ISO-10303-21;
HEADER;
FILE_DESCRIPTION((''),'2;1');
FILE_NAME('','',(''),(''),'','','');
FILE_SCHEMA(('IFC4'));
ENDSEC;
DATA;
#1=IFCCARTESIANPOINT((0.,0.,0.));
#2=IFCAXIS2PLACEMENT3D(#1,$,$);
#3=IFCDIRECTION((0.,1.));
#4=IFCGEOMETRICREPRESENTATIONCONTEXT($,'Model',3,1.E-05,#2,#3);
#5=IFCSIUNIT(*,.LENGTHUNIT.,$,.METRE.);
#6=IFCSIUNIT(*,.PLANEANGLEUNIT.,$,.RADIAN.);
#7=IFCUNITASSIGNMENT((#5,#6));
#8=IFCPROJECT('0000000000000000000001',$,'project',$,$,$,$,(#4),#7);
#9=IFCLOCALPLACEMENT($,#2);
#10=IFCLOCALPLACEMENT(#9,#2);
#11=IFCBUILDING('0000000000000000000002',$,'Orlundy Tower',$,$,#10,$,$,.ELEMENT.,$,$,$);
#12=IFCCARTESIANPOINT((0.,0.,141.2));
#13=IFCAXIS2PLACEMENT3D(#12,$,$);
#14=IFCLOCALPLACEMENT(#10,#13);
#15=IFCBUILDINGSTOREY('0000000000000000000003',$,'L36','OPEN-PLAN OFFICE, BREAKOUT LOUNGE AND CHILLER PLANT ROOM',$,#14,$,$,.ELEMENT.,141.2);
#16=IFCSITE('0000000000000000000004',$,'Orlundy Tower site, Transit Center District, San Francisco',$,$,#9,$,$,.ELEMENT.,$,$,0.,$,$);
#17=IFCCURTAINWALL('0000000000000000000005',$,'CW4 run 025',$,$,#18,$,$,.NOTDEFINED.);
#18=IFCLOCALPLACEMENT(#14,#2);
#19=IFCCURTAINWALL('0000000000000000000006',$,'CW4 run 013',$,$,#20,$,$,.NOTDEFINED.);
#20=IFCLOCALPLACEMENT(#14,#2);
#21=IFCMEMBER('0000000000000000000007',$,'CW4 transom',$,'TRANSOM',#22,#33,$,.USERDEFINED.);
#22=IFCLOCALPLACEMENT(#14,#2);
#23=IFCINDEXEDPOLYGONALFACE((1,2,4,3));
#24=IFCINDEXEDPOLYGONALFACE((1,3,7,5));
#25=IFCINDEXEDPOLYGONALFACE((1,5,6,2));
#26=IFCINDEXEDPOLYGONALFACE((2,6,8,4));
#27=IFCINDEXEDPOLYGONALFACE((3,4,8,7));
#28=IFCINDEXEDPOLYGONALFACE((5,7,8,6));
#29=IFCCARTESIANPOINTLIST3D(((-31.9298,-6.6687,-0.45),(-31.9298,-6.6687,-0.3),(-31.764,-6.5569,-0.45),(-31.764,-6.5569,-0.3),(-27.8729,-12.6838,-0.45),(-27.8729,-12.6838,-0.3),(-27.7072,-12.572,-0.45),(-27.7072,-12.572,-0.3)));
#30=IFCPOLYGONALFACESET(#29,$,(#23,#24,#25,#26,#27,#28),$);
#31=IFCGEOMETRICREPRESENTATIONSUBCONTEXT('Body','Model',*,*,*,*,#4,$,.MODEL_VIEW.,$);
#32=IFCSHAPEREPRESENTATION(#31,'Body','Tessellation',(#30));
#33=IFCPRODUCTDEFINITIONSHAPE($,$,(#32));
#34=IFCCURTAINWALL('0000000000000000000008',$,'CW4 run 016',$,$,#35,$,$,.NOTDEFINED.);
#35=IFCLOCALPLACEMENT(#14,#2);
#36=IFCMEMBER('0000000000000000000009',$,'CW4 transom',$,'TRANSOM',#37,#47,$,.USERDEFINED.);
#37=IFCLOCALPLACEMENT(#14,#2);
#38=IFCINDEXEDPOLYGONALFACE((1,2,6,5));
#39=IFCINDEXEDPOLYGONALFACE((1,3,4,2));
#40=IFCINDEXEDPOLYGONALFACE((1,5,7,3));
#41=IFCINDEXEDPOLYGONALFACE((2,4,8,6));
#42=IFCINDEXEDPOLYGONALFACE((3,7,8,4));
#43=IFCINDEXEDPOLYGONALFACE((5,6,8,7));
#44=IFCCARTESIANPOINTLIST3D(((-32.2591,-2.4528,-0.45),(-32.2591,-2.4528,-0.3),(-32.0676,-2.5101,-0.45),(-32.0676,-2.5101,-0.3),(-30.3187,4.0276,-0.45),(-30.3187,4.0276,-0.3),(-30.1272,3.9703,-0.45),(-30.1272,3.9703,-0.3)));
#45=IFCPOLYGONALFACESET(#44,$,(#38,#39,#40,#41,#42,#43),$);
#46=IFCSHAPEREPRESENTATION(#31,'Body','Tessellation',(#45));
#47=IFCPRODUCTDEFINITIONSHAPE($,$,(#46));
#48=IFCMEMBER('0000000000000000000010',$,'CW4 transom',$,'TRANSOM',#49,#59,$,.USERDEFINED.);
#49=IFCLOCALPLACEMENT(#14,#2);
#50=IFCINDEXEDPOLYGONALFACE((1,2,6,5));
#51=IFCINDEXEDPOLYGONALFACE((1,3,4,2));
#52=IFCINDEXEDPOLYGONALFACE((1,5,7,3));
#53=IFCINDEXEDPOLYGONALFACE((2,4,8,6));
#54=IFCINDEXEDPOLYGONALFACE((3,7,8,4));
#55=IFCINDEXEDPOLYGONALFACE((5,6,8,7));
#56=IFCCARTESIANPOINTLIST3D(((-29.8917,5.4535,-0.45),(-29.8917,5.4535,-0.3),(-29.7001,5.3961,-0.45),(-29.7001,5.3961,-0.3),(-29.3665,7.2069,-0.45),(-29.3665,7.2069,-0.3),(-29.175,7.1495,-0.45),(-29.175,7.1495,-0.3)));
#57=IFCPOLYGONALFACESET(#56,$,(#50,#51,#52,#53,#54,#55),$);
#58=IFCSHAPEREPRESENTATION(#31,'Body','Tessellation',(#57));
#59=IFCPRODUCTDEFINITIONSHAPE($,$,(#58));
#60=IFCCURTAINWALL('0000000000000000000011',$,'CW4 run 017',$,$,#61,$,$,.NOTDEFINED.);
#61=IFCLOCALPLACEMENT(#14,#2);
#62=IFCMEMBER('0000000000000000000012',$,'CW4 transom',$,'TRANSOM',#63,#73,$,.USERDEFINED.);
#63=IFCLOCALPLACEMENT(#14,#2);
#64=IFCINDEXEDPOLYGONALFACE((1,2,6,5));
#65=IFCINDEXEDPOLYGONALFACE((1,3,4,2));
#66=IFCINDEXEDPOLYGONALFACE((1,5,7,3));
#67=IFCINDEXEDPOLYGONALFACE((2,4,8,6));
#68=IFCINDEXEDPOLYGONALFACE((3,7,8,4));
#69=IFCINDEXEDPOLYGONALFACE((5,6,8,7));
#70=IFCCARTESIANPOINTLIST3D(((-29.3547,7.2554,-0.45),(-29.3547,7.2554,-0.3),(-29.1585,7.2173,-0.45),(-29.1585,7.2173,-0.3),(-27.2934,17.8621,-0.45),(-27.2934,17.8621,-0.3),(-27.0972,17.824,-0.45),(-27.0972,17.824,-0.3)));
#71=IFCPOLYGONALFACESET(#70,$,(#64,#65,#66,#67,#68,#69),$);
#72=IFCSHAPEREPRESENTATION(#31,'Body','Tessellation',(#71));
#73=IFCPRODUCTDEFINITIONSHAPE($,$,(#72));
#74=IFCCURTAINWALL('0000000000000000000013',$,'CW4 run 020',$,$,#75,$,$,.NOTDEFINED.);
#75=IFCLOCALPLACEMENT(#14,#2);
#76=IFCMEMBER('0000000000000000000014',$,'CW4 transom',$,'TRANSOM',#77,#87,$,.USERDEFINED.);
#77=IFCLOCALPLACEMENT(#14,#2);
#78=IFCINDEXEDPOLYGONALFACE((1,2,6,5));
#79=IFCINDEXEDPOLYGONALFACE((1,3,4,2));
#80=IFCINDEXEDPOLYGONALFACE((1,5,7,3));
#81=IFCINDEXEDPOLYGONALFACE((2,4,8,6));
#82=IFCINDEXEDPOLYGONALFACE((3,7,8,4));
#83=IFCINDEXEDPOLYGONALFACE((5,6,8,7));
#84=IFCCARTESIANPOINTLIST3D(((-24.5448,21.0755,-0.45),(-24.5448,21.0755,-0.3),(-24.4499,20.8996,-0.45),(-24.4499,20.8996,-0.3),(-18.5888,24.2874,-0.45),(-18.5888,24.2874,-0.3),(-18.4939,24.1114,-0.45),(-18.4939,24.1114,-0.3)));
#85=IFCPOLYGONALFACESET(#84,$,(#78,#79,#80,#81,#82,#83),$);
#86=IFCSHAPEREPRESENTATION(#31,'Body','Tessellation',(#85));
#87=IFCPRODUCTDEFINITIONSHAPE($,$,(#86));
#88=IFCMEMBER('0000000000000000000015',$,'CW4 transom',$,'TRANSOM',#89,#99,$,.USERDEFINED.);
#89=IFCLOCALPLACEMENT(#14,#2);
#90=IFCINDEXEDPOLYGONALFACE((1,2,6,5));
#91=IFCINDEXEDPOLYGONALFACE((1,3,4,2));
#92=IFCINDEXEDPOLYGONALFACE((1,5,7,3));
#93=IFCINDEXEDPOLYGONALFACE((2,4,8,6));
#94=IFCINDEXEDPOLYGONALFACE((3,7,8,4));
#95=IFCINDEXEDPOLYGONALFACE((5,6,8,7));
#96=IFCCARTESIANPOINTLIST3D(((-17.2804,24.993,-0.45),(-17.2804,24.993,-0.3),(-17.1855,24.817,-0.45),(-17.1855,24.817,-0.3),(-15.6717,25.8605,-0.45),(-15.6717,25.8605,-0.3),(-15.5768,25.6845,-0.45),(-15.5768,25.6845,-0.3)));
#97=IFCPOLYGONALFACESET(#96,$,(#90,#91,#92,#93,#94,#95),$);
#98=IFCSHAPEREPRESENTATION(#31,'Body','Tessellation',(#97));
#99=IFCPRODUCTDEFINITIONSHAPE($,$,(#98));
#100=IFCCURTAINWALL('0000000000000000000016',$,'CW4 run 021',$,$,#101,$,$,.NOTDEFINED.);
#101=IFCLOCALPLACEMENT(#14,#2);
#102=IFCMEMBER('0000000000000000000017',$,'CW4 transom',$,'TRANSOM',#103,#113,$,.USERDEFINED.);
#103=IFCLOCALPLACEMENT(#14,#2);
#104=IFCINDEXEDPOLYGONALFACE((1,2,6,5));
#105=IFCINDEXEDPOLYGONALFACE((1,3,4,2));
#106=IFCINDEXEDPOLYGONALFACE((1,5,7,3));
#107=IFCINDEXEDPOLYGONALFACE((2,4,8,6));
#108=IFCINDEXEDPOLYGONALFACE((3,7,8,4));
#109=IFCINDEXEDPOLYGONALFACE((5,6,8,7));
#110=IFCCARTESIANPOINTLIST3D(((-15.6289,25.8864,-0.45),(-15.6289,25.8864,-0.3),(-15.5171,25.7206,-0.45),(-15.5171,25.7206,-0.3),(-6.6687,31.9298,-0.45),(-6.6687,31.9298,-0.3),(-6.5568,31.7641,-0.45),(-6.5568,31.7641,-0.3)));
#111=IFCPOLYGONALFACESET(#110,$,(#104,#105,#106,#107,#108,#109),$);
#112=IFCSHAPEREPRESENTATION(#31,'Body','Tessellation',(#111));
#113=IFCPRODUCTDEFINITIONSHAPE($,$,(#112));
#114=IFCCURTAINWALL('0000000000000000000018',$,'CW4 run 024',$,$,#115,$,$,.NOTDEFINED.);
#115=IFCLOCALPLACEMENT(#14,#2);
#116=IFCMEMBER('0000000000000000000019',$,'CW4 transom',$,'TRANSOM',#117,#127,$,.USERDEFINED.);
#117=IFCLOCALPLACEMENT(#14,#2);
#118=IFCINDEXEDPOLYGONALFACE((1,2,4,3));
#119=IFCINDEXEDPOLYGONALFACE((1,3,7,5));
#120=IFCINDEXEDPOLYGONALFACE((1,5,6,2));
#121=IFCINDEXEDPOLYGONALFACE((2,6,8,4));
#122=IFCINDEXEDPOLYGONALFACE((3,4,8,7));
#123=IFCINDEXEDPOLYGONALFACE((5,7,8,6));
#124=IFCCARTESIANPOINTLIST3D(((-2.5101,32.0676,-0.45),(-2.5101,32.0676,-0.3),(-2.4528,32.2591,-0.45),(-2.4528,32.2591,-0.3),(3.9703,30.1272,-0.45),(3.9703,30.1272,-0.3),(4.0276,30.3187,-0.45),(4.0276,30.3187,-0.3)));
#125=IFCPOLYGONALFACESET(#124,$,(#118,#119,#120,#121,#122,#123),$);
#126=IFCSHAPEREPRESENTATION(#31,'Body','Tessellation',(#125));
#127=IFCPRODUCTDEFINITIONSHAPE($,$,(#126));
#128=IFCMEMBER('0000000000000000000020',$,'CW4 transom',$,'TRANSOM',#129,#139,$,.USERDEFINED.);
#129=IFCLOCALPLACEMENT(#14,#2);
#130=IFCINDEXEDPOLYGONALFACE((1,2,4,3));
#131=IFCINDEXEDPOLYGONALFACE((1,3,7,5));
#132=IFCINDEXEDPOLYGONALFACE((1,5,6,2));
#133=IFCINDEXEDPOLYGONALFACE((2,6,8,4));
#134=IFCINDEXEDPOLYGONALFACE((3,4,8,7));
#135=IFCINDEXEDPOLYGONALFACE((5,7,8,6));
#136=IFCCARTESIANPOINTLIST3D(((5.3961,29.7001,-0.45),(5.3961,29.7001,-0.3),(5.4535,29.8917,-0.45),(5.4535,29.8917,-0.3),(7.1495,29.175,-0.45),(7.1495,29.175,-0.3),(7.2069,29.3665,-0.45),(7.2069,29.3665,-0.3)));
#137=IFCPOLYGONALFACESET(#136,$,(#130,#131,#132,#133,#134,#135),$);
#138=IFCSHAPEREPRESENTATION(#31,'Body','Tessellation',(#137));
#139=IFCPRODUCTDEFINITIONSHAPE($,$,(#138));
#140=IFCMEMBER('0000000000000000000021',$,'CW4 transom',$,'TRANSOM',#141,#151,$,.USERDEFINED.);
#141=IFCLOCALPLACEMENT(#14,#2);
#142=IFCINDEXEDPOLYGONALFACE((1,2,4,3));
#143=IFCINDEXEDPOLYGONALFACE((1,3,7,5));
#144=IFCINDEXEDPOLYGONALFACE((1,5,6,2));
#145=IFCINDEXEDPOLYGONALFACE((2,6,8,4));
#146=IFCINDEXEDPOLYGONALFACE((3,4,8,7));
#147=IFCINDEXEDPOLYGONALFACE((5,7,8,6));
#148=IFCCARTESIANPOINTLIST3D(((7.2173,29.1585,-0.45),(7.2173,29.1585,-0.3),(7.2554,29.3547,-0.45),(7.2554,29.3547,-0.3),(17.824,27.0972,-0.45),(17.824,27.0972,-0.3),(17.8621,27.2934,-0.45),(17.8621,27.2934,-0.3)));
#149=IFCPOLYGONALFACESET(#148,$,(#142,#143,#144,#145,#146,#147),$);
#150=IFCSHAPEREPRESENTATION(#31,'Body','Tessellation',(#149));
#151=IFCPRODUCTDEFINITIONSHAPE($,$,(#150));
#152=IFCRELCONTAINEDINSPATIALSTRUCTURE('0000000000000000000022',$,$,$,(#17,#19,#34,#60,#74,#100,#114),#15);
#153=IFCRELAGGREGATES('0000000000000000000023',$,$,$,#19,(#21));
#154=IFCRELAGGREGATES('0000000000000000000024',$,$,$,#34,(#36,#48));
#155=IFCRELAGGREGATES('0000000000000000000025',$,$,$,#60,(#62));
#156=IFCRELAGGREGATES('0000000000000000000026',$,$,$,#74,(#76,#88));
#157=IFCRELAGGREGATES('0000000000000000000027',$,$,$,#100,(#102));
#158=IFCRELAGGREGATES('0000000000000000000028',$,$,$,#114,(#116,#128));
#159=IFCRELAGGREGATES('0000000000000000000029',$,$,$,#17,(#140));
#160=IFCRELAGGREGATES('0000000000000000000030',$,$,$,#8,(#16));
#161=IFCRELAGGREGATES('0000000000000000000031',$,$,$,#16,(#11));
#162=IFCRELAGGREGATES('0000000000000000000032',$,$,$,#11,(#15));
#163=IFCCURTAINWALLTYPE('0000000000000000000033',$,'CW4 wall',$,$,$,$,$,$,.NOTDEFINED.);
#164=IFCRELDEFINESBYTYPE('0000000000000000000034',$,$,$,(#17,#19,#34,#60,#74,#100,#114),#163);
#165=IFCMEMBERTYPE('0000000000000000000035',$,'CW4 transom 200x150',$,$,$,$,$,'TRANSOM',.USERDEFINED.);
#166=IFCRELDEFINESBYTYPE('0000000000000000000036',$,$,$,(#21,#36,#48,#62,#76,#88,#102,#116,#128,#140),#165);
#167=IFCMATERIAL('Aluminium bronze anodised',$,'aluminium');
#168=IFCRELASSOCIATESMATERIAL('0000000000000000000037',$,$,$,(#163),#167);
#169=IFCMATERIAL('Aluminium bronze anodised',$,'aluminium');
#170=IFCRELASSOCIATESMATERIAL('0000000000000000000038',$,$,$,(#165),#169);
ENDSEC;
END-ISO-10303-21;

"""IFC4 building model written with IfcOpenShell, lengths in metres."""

from ifc_helpers import new_model, si_unit, direction, frame, origin, origin_2d, place, context, subcontext, project, spatial, rectangle, extrude, material, material_profile, profile_set, type_object, element, aggregate, save


model = new_model("IFC4")

# Units and contexts
model_context = context("Model", 3, precision=1e-05, world=origin(), true_north=direction((0.0, 1.0)))
body_context = subcontext(model_context, "Body", "Model", "MODEL_VIEW")
ifc_project = project(units=[si_unit("LENGTHUNIT", "METRE"), si_unit("PLANEANGLEUNIT", "RADIAN")], contexts=[model_context])

# Site, building, storey
site_placement = place(None, origin())
site = spatial("IfcSite", under=ifc_project, at=site_placement, Name="Orlundy Tower site, Transit Center District, San Francisco", CompositionType="ELEMENT", RefElevation=0.0)
building_placement = place(site_placement, origin())
building = spatial("IfcBuilding", under=site, at=building_placement, Name="Orlundy Tower", CompositionType="ELEMENT")
storey_placement = place(building_placement, frame((0.0, 0.0, 141.2)))
storey = spatial("IfcBuildingStorey", under=building, at=storey_placement, Name="L36", Description="OPEN-PLAN OFFICE, BREAKOUT LOUNGE AND CHILLER PLANT ROOM", CompositionType="ELEMENT", Elevation=141.2)

# Curtain wall
ifc_material_1 = material(Name="Aluminium bronze anodised", Category="aluminium")
curtain_wall_type = type_object("IfcCurtainWallType", Name="CW4 wall", PredefinedType="NOTDEFINED", material=ifc_material_1)
curtain_wall_1_placement = place(storey_placement, origin())
curtain_wall_1 = element("IfcCurtainWall", 1, at=curtain_wall_1_placement, inside=storey, type_object=curtain_wall_type, Name="CW4 run 025", PredefinedType="NOTDEFINED")
ifc_material_2 = material(Name="Aluminium bronze anodised", Category="aluminium")
ifc_material_profile_1 = material_profile(ifc_material_2, rectangle(XDim=0.2, YDim=0.1499, at=origin_2d()), Name="CW4 transom 200x150")
ifc_profile_set_1 = profile_set([ifc_material_profile_1], Name="Aluminium bronze anodised")
member_type_1 = type_object("IfcMemberType", Name="CW4 transom 200x150", ElementType="TRANSOM", PredefinedType="USERDEFINED", material=ifc_profile_set_1)

# Curtain wall, member
curtain_wall_2_placement = place(storey_placement, origin())
curtain_wall_2 = element("IfcCurtainWall", 2, at=curtain_wall_2_placement, inside=storey, type_object=curtain_wall_type, Name="CW4 run 013", PredefinedType="NOTDEFINED")
member_1_placement = place(storey_placement, frame((-27.79, -12.6279, -0.375), z_axis=(-0.559157, 0.829062, 0.0), x_axis=(-0.829062, -0.559157, 0.0)))
member_1 = element("IfcMember", 3, at=member_1_placement, type_object=member_type_1, Name="CW4 transom", ObjectType="TRANSOM", PredefinedType="USERDEFINED", context=body_context, shape_type="SweptSolid", body=[
    extrude(rectangle(XDim=0.2, YDim=0.1499, at=origin_2d()), origin(), (0.0, 0.0, 1.0), 7.2554),
])
aggregate(curtain_wall_2, [member_1])

# Curtain wall, members
curtain_wall_3_placement = place(storey_placement, origin())
curtain_wall_3 = element("IfcCurtainWall", 4, at=curtain_wall_3_placement, inside=storey, type_object=curtain_wall_type, Name="CW4 run 016", PredefinedType="NOTDEFINED")
member_2_placement = place(storey_placement, frame((-32.1633, -2.4814, -0.375), z_axis=(0.286845, 0.957977, 0.0), x_axis=(-0.957977, 0.286845, 0.0)))
member_2 = element("IfcMember", 5, at=member_2_placement, type_object=member_type_1, Name="CW4 transom", ObjectType="TRANSOM", PredefinedType="USERDEFINED", context=body_context, shape_type="SweptSolid", body=[
    extrude(rectangle(XDim=0.2, YDim=0.1499, at=origin_2d()), origin(), (0.0, 0.0, 1.0), 6.7646),
])
member_3_placement = place(storey_placement, frame((-29.7959, 5.4248, -0.375), z_axis=(0.286907, 0.957958, 0.0), x_axis=(-0.957958, 0.286907, 0.0)))
member_3 = element("IfcMember", 6, at=member_3_placement, type_object=member_type_1, Name="CW4 transom", ObjectType="TRANSOM", PredefinedType="USERDEFINED", context=body_context, shape_type="SweptSolid", body=[
    extrude(rectangle(XDim=0.2, YDim=0.1499, at=origin_2d()), origin(), (0.0, 0.0, 1.0), 1.8303),
])
aggregate(curtain_wall_3, [member_2, member_3])

# Curtain wall, member
curtain_wall_4_placement = place(storey_placement, origin())
curtain_wall_4 = element("IfcCurtainWall", 7, at=curtain_wall_4_placement, inside=storey, type_object=curtain_wall_type, Name="CW4 run 017", PredefinedType="NOTDEFINED")
member_4_placement = place(storey_placement, frame((-29.2566, 7.2363, -0.375), z_axis=(0.190769, 0.981635, 0.0), x_axis=(-0.981635, 0.190769, 0.0)))
member_4 = element("IfcMember", 8, at=member_4_placement, type_object=member_type_1, Name="CW4 transom", ObjectType="TRANSOM", PredefinedType="USERDEFINED", context=body_context, shape_type="SweptSolid", body=[
    extrude(rectangle(XDim=0.2, YDim=0.1499, at=origin_2d()), origin(), (0.0, 0.0, 1.0), 10.8052),
])
aggregate(curtain_wall_4, [member_4])

# Curtain wall, members
curtain_wall_5_placement = place(storey_placement, origin())
curtain_wall_5 = element("IfcCurtainWall", 9, at=curtain_wall_5_placement, inside=storey, type_object=curtain_wall_type, Name="CW4 run 020", PredefinedType="NOTDEFINED")
member_5_placement = place(storey_placement, frame((-24.4973, 20.9875, -0.375), z_axis=(0.880174, 0.474651, 0.0), x_axis=(-0.474651, 0.880174, 0.0)))
member_5 = element("IfcMember", 10, at=member_5_placement, type_object=member_type_1, Name="CW4 transom", ObjectType="TRANSOM", PredefinedType="USERDEFINED", context=body_context, shape_type="SweptSolid", body=[
    extrude(rectangle(XDim=0.2, YDim=0.1499, at=origin_2d()), origin(), (0.0, 0.0, 1.0), 6.7668),
])
member_6_placement = place(storey_placement, frame((-17.2329, 24.905, -0.375), z_axis=(0.880188, 0.474625, 0.0), x_axis=(-0.474625, 0.880188, 0.0)))
member_6 = element("IfcMember", 11, at=member_6_placement, type_object=member_type_1, Name="CW4 transom", ObjectType="TRANSOM", PredefinedType="USERDEFINED", context=body_context, shape_type="SweptSolid", body=[
    extrude(rectangle(XDim=0.2, YDim=0.1499, at=origin_2d()), origin(), (0.0, 0.0, 1.0), 1.8276),
])
aggregate(curtain_wall_5, [member_5, member_6])

# Curtain wall, member
curtain_wall_6_placement = place(storey_placement, origin())
curtain_wall_6 = element("IfcCurtainWall", 12, at=curtain_wall_6_placement, inside=storey, type_object=curtain_wall_type, Name="CW4 run 021", PredefinedType="NOTDEFINED")
member_7_placement = place(storey_placement, frame((-15.573, 25.8035, -0.375), z_axis=(0.829049, 0.559175, 0.0), x_axis=(-0.559175, 0.829049, 0.0)))
member_7 = element("IfcMember", 13, at=member_7_placement, type_object=member_type_1, Name="CW4 transom", ObjectType="TRANSOM", PredefinedType="USERDEFINED", context=body_context, shape_type="SweptSolid", body=[
    extrude(rectangle(XDim=0.2, YDim=0.1499, at=origin_2d()), origin(), (0.0, 0.0, 1.0), 10.8079),
])
aggregate(curtain_wall_6, [member_7])

# Curtain wall, members
curtain_wall_7_placement = place(storey_placement, origin())
curtain_wall_7 = element("IfcCurtainWall", 14, at=curtain_wall_7_placement, inside=storey, type_object=curtain_wall_type, Name="CW4 run 024", PredefinedType="NOTDEFINED")
member_8_placement = place(storey_placement, frame((-2.4814, 32.1633, -0.375), z_axis=(0.957977, -0.286845, 0.0), x_axis=(0.286845, 0.957977, 0.0)))
member_8 = element("IfcMember", 15, at=member_8_placement, type_object=member_type_1, Name="CW4 transom", ObjectType="TRANSOM", PredefinedType="USERDEFINED", context=body_context, shape_type="SweptSolid", body=[
    extrude(rectangle(XDim=0.2, YDim=0.1499, at=origin_2d()), origin(), (0.0, 0.0, 1.0), 6.7646),
])
member_9_placement = place(storey_placement, frame((5.4248, 29.7959, -0.375), z_axis=(0.957958, -0.286907, 0.0), x_axis=(0.286907, 0.957958, 0.0)))
member_9 = element("IfcMember", 16, at=member_9_placement, type_object=member_type_1, Name="CW4 transom", ObjectType="TRANSOM", PredefinedType="USERDEFINED", context=body_context, shape_type="SweptSolid", body=[
    extrude(rectangle(XDim=0.2, YDim=0.1499, at=origin_2d()), origin(), (0.0, 0.0, 1.0), 1.8303),
])
aggregate(curtain_wall_7, [member_8, member_9])

# Member
member_10_placement = place(storey_placement, frame((7.2363, 29.2566, -0.375), z_axis=(0.981635, -0.190769, 0.0), x_axis=(0.190769, 0.981635, 0.0)))
member_10 = element("IfcMember", 17, at=member_10_placement, type_object=member_type_1, Name="CW4 transom", ObjectType="TRANSOM", PredefinedType="USERDEFINED", context=body_context, shape_type="SweptSolid", body=[
    extrude(rectangle(XDim=0.2, YDim=0.1499, at=origin_2d()), origin(), (0.0, 0.0, 1.0), 10.8052),
])
aggregate(curtain_wall_1, [member_10])

save(model, "model.ifc")
